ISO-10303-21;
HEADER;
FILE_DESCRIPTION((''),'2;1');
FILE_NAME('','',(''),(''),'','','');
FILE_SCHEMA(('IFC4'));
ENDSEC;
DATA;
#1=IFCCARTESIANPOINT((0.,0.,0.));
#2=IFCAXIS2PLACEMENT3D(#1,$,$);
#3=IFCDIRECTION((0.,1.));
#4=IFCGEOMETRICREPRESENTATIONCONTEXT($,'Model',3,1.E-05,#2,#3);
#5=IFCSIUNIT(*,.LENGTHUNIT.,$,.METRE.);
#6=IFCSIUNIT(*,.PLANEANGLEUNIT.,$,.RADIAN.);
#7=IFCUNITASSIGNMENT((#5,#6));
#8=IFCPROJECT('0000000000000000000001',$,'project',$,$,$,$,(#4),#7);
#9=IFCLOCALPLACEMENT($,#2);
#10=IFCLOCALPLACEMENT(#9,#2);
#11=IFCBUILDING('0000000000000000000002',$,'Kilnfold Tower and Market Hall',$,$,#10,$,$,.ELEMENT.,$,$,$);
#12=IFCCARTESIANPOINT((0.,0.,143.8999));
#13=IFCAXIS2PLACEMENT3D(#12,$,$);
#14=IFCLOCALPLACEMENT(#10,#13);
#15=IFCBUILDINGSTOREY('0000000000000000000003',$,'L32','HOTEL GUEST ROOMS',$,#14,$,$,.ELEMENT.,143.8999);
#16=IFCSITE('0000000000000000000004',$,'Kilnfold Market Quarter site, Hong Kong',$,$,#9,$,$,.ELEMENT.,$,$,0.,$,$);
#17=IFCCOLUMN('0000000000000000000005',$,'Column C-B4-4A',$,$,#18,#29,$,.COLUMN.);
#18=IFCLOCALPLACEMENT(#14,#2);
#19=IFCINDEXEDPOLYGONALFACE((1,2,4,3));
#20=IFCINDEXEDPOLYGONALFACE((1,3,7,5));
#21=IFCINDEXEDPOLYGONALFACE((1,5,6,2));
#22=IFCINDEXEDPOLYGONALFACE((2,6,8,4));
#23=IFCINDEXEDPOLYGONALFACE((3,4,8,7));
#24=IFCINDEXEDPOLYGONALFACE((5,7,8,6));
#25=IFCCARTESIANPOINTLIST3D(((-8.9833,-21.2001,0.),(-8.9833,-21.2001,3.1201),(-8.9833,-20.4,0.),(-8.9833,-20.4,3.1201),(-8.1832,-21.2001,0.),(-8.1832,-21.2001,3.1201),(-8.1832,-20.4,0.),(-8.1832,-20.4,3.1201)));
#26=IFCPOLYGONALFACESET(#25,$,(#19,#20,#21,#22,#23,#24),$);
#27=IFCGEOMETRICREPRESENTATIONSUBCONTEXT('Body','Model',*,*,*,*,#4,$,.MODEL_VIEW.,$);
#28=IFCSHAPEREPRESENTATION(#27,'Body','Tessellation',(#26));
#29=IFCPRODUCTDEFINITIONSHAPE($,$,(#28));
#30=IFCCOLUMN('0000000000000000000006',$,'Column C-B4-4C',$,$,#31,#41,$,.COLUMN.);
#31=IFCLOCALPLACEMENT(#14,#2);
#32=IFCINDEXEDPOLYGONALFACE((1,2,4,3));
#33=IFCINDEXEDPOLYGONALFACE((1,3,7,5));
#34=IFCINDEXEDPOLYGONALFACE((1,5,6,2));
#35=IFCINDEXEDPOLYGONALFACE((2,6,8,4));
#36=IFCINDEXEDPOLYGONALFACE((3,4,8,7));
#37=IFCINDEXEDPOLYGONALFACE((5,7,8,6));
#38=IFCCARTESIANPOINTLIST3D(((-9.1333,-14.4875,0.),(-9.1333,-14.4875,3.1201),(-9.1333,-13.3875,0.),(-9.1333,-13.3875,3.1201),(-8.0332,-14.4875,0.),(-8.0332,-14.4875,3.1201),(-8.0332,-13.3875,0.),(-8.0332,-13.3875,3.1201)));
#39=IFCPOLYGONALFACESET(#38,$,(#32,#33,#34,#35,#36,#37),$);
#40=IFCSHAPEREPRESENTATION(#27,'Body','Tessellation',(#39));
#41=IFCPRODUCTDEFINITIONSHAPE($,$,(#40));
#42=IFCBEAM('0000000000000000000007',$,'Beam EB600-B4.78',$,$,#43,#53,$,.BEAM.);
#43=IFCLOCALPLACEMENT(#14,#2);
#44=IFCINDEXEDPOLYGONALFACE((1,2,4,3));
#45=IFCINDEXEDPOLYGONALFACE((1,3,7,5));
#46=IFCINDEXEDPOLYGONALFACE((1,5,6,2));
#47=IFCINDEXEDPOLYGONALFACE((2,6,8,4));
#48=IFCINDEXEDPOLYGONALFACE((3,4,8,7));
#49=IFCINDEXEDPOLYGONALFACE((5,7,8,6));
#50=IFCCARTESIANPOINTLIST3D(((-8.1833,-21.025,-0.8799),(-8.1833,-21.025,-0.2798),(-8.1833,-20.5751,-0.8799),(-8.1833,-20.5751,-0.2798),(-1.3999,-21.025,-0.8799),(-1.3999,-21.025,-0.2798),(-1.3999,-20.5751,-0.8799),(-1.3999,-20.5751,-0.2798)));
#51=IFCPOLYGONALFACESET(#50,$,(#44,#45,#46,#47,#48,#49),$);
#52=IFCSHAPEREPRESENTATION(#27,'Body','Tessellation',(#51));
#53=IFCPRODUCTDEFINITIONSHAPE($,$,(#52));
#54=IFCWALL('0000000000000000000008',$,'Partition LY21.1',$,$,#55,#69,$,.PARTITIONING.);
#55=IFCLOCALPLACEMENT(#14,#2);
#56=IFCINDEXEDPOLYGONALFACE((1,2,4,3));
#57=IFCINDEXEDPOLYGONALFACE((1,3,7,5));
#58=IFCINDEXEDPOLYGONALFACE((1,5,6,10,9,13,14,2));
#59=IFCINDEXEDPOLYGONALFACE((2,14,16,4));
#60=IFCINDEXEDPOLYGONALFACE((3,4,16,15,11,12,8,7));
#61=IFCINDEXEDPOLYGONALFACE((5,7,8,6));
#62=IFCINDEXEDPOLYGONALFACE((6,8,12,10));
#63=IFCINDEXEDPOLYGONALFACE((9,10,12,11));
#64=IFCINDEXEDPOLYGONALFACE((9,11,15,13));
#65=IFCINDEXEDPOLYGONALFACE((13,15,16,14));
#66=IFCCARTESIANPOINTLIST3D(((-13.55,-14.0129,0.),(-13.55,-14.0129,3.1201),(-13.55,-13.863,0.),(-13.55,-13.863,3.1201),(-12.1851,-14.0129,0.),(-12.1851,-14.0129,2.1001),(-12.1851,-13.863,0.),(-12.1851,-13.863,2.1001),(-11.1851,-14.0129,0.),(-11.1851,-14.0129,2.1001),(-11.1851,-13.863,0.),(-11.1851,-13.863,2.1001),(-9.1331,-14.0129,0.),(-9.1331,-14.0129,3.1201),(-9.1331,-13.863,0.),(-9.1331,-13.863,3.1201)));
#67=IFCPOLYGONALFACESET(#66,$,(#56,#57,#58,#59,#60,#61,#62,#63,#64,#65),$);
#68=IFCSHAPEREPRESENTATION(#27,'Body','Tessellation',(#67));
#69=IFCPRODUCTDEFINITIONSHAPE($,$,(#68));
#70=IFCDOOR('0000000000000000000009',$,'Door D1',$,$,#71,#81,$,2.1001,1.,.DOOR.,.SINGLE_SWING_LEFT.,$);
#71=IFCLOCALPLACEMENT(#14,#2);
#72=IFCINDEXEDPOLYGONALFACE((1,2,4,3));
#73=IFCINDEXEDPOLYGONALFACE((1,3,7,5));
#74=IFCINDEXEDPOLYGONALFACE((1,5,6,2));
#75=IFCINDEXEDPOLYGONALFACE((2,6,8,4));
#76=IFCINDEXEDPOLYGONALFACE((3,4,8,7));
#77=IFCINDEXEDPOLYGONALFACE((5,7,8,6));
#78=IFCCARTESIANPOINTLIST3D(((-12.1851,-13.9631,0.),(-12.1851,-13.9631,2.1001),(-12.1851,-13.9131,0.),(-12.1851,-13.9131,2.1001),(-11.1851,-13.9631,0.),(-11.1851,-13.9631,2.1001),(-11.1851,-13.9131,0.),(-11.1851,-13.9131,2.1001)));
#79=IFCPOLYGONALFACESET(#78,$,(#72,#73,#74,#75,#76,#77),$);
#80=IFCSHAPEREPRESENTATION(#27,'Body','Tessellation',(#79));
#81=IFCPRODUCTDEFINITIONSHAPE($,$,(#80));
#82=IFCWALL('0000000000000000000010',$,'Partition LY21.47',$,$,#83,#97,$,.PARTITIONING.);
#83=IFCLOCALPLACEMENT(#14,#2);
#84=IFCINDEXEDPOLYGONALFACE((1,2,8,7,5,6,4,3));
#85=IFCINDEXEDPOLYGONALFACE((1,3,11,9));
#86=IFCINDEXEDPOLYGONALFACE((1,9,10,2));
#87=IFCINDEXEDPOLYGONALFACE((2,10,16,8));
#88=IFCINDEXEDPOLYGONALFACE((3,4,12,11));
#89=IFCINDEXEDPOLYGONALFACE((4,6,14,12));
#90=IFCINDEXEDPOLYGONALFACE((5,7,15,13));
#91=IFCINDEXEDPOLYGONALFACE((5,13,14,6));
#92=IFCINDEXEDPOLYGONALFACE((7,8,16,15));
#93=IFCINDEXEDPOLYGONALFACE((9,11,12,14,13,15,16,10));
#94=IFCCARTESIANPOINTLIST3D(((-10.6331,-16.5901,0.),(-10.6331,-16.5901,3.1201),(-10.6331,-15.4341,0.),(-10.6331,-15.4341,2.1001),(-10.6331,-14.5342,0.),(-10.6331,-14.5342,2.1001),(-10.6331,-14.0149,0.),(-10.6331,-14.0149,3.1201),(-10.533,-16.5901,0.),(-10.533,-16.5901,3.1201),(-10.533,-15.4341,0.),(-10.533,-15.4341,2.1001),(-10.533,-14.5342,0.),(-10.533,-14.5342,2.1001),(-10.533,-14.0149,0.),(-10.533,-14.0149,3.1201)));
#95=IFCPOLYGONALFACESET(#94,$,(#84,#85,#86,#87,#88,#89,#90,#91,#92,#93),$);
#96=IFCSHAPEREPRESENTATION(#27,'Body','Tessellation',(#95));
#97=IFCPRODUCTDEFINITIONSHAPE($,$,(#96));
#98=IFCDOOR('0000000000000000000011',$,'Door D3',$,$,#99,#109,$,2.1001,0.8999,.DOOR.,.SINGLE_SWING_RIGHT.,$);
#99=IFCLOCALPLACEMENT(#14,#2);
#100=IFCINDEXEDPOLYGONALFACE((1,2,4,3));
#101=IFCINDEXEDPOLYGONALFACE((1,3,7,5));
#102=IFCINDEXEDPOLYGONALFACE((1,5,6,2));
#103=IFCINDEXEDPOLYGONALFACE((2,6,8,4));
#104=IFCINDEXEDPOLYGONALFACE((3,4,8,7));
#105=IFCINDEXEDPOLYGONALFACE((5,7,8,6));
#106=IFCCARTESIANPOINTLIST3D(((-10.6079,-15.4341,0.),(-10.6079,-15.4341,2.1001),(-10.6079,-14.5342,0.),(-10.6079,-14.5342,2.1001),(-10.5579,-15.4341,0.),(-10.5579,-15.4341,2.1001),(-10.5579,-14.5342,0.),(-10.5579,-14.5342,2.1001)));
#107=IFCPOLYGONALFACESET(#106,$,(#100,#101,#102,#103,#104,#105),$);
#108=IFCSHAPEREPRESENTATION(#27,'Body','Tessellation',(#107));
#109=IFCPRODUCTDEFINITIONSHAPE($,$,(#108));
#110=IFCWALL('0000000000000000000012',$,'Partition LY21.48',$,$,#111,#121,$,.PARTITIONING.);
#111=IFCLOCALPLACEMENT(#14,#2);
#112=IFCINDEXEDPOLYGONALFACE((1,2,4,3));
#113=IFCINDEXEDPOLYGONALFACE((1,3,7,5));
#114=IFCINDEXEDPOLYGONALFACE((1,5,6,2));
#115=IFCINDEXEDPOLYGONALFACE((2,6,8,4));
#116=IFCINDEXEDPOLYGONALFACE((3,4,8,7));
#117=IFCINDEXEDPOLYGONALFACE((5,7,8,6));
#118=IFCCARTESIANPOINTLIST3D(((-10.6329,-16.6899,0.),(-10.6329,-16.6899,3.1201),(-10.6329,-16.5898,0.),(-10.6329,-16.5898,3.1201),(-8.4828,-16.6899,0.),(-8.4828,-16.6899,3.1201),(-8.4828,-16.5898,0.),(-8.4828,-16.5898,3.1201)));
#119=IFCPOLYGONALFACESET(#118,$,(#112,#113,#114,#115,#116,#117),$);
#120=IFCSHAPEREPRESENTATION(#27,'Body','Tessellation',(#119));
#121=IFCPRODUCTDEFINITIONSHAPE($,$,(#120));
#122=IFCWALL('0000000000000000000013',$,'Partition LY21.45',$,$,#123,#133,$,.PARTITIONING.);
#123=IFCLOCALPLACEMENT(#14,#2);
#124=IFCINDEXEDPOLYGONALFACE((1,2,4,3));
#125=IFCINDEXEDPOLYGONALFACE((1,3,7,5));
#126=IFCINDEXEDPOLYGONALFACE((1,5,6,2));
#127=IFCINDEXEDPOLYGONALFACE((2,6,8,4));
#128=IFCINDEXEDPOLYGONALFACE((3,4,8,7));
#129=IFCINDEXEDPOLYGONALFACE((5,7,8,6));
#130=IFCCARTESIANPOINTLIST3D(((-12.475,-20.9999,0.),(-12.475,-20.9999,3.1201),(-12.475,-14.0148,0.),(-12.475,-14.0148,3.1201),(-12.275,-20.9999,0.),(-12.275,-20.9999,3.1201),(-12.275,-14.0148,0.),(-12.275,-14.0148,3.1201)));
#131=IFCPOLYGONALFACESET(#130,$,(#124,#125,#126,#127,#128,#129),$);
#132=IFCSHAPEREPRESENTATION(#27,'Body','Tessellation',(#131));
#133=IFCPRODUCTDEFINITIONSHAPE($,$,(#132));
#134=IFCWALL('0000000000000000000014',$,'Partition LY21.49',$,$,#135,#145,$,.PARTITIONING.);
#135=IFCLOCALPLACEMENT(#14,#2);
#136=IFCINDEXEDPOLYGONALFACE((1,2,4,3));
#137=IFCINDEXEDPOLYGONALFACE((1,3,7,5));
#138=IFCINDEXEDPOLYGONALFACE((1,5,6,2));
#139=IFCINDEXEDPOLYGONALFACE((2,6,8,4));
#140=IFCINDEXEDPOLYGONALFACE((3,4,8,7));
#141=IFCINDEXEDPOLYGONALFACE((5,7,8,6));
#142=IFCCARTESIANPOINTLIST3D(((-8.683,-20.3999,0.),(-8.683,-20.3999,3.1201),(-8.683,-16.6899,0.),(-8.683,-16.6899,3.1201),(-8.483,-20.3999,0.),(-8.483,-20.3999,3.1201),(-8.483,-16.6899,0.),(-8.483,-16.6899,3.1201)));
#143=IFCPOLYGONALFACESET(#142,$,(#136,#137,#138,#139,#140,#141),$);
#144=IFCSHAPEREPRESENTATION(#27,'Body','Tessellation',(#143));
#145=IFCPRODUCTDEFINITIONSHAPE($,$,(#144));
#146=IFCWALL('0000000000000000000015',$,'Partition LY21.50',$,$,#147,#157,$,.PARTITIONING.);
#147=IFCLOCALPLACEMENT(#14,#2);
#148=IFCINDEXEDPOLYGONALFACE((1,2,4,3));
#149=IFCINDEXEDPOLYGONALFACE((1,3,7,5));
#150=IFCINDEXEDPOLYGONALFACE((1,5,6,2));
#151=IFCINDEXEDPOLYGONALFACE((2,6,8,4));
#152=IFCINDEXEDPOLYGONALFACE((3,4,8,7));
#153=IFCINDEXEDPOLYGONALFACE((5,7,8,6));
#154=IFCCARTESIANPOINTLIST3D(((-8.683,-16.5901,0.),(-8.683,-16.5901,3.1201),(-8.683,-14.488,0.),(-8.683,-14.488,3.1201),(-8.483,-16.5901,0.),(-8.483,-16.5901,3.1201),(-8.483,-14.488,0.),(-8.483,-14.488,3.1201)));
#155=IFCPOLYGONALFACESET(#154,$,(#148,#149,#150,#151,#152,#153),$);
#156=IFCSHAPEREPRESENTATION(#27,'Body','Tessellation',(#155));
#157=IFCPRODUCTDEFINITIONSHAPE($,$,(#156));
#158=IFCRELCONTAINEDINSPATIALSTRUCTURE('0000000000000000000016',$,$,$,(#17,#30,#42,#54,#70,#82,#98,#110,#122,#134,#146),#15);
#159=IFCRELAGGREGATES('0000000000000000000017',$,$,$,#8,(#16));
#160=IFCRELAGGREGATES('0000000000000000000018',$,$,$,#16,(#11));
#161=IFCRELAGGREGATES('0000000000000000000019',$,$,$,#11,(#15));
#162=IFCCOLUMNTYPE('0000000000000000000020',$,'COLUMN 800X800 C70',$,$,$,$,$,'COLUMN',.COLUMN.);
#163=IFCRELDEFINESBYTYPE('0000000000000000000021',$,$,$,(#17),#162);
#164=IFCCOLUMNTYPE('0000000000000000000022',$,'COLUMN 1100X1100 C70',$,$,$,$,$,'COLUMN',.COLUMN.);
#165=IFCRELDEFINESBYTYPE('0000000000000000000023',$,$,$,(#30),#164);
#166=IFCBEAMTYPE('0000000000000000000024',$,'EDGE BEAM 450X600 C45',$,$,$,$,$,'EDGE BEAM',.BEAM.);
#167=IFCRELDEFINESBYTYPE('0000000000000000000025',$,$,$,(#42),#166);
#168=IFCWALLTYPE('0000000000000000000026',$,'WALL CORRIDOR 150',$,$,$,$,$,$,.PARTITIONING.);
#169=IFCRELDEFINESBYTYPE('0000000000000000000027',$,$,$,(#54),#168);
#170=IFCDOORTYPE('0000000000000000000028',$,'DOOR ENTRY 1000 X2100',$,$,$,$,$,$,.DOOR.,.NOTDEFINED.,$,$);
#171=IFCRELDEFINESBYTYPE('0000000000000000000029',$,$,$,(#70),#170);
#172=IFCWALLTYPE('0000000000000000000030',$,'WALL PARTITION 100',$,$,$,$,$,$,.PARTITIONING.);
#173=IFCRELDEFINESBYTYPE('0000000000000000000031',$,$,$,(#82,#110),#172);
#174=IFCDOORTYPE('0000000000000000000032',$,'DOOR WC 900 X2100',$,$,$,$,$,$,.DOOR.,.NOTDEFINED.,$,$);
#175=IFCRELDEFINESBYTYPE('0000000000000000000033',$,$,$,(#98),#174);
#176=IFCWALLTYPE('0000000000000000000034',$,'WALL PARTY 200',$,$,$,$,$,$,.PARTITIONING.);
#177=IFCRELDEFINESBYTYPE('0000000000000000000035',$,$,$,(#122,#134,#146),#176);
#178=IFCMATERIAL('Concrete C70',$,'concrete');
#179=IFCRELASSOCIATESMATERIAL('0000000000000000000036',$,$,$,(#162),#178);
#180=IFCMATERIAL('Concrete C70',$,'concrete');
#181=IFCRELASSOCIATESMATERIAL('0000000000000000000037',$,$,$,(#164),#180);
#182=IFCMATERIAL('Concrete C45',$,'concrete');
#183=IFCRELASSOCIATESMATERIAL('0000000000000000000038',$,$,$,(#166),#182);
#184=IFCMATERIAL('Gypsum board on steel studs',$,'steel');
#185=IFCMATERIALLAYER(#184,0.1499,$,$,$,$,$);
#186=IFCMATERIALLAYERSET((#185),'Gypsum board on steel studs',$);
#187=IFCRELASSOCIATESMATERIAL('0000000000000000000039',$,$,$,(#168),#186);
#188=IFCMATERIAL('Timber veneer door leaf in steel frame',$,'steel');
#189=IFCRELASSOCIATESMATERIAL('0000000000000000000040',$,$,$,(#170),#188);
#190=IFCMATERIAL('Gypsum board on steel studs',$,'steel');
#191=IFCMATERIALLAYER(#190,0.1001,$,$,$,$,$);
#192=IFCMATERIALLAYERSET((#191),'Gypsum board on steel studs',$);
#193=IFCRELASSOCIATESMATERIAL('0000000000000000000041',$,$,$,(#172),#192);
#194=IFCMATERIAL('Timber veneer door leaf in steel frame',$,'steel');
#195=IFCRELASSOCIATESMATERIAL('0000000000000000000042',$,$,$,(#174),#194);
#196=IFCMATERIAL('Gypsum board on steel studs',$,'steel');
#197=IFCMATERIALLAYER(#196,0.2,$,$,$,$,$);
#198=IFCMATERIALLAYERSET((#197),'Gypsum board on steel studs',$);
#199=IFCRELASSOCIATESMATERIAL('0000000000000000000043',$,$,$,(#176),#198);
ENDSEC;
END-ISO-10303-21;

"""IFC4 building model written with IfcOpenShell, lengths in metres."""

from ifc_helpers import new_model, si_unit, direction, frame, frame_2d, origin, origin_2d, place, context, subcontext, project, spatial, rectangle, extrude, source, transform, mapped, material, layer, layer_set, material_profile, profile_set, type_object, element, fill, save


model = new_model("IFC4")

# Units and contexts
model_context = context("Model", 3, precision=1e-05, world=origin(), true_north=direction((0.0, 1.0)))
body_context = subcontext(model_context, "Body", "Model", "MODEL_VIEW")
ifc_project = project(units=[si_unit("LENGTHUNIT", "METRE"), si_unit("PLANEANGLEUNIT", "RADIAN")], contexts=[model_context])

# Site, building, storey
site_placement = place(None, origin())
site = spatial("IfcSite", under=ifc_project, at=site_placement, Name="Kilnfold Market Quarter site, Hong Kong", CompositionType="ELEMENT", RefElevation=0.0)
building_placement = place(site_placement, origin())
building = spatial("IfcBuilding", under=site, at=building_placement, Name="Kilnfold Tower and Market Hall", CompositionType="ELEMENT")
storey_placement = place(building_placement, frame((0.0, 0.0, 143.8999)))
storey = spatial("IfcBuildingStorey", under=building, at=storey_placement, Name="L32", Description="HOTEL GUEST ROOMS", CompositionType="ELEMENT", Elevation=143.8999)

# Columns
ifc_material_1 = material(Name="Concrete C70", Category="concrete")
ifc_material_profile_1 = material_profile(ifc_material_1, rectangle(XDim=0.8, YDim=0.8, at=origin_2d()), Name="RC 800x800")
ifc_profile_set_1 = profile_set([ifc_material_profile_1], Name="Concrete C70")
column_type_1 = type_object("IfcColumnType", Name="COLUMN 800X800 C70", ElementType="COLUMN", PredefinedType="COLUMN", material=ifc_profile_set_1)
shared_shape_1 = source(origin(), body_context, "Body", "SweptSolid", [
    extrude(rectangle(XDim=0.8, YDim=0.8, at=origin_2d()), origin(), (0.0, 0.0, 1.0), 3.1201),
])
column_1_placement = place(storey_placement, frame((-8.5833, -20.8, 0.0), z_axis=(0.0, 0.0, 1.0), x_axis=(1.0, 0.0, 0.0)))
element("IfcColumn", 1, at=column_1_placement, inside=storey, type_object=column_type_1, Name="Column C-B4-4A", PredefinedType="COLUMN", context=body_context, shape_type="MappedRepresentation", body=[
    mapped(shared_shape_1, transform((0.0, 0.0, 0.0))),
])
ifc_material_2 = material(Name="Concrete C70", Category="concrete")
ifc_material_profile_2 = material_profile(ifc_material_2, rectangle(XDim=1.1001, YDim=1.1001, at=origin_2d()), Name="RC 1100x1100")
ifc_profile_set_2 = profile_set([ifc_material_profile_2], Name="Concrete C70")
column_type_2 = type_object("IfcColumnType", Name="COLUMN 1100X1100 C70", ElementType="COLUMN", PredefinedType="COLUMN", material=ifc_profile_set_2)
shared_shape_2 = source(origin(), body_context, "Body", "SweptSolid", [
    extrude(rectangle(XDim=1.1001, YDim=1.1001, at=origin_2d()), origin(), (0.0, 0.0, 1.0), 3.1201),
])
column_2_placement = place(storey_placement, frame((-8.5833, -13.9375, 0.0), z_axis=(0.0, 0.0, 1.0), x_axis=(1.0, 0.0, 0.0)))
element("IfcColumn", 2, at=column_2_placement, inside=storey, type_object=column_type_2, Name="Column C-B4-4C", PredefinedType="COLUMN", context=body_context, shape_type="MappedRepresentation", body=[
    mapped(shared_shape_2, transform((0.0, 0.0, 0.0))),
])

# Beam
ifc_material_3 = material(Name="Concrete C45", Category="concrete")
ifc_material_profile_3 = material_profile(ifc_material_3, rectangle(XDim=0.45, YDim=0.6001, at=origin_2d()), Name="RC 450x600")
ifc_profile_set_3 = profile_set([ifc_material_profile_3], Name="Concrete C45")
beam_type = type_object("IfcBeamType", Name="EDGE BEAM 450X600 C45", ElementType="EDGE BEAM", PredefinedType="BEAM", material=ifc_profile_set_3)
shared_shape_3 = source(origin(), body_context, "Body", "SweptSolid", [
    extrude(rectangle(XDim=0.45, YDim=0.6001, at=origin_2d()), origin(), (0.0, 0.0, 1.0), 6.7834),
])
beam_placement = place(storey_placement, frame((-8.1833, -20.8, -0.5798), z_axis=(1.0, 0.0, 0.0), x_axis=(0.0, 1.0, 0.0)))
element("IfcBeam", 3, at=beam_placement, inside=storey, type_object=beam_type, Name="Beam EB600-B4.78", PredefinedType="BEAM", context=body_context, shape_type="MappedRepresentation", body=[
    mapped(shared_shape_3, transform((0.0, 0.0, 0.0))),
])

# Walls, openings, doors
ifc_material_4 = material(Name="Gypsum board on steel studs", Category="steel")
ifc_layer_1 = layer(ifc_material_4, 0.1499)
ifc_layer_set_1 = layer_set([ifc_layer_1], Name="Gypsum board on steel studs")
wall_type_1 = type_object("IfcWallType", Name="WALL CORRIDOR 150", PredefinedType="PARTITIONING", material=ifc_layer_set_1)
wall_1_placement = place(storey_placement, frame((-13.55, -13.938, 0.0), z_axis=(0.0, 0.0, 1.0), x_axis=(1.0, 0.0, 0.0)))
wall_1 = element("IfcWall", 4, at=wall_1_placement, inside=storey, type_object=wall_type_1, Name="Partition LY21.1", PredefinedType="PARTITIONING", context=body_context, shape_type="SweptSolid", body=[
    extrude(rectangle(XDim=4.417, YDim=0.1499, at=frame_2d((2.2085, 0.0))), origin(), (0.0, 0.0, 1.0), 3.1201),
])
opening_1_placement = place(wall_1_placement, frame((1.365, 0.0, 0.0)))
opening_1 = element("IfcOpeningElement", 5, at=opening_1_placement, cuts=wall_1, PredefinedType="OPENING", context=body_context, shape_type="SweptSolid", body=[
    extrude(rectangle(XDim=1.0, YDim=2.1001, at=frame_2d((0.5, 1.05))), frame((0.0, 0.085, 0.0), z_axis=(0.0, -1.0, 0.0), x_axis=(1.0, 0.0, 0.0)), (0.0, 0.0, 1.0), 0.1699),
])
ifc_material_5 = material(Name="Timber veneer door leaf in steel frame", Category="steel")
door_type_1 = type_object("IfcDoorType", Name="DOOR ENTRY 1000 X2100", OperationType="NOTDEFINED", PredefinedType="DOOR", material=ifc_material_5)
door_1_placement = place(opening_1_placement, origin())
door_1 = element("IfcDoor", 6, at=door_1_placement, inside=storey, type_object=door_type_1, Name="Door D1", OperationType="SINGLE_SWING_LEFT", OverallHeight=2.1001, OverallWidth=1.0, PredefinedType="DOOR", context=body_context, shape_type="SweptSolid", body=[
    extrude(rectangle(XDim=1.0, YDim=2.1001, at=frame_2d((0.5, 1.05))), frame((0.0, 0.0249, 0.0), z_axis=(0.0, -1.0, 0.0), x_axis=(1.0, 0.0, 0.0)), (0.0, 0.0, 1.0), 0.05),
])
fill(opening_1, door_1)
ifc_material_6 = material(Name="Gypsum board on steel studs", Category="steel")
ifc_layer_2 = layer(ifc_material_6, 0.1001)
ifc_layer_set_2 = layer_set([ifc_layer_2], Name="Gypsum board on steel studs")
wall_type_2 = type_object("IfcWallType", Name="WALL PARTITION 100", PredefinedType="PARTITIONING", material=ifc_layer_set_2)
wall_2_placement = place(storey_placement, frame((-10.583, -16.5901, 0.0), z_axis=(0.0, 0.0, 1.0), x_axis=(0.0, 1.0, 0.0)))
wall_2 = element("IfcWall", 7, at=wall_2_placement, inside=storey, type_object=wall_type_2, Name="Partition LY21.47", PredefinedType="PARTITIONING", context=body_context, shape_type="SweptSolid", body=[
    extrude(rectangle(XDim=2.5752, YDim=0.1001, at=frame_2d((1.2876, 0.0))), origin(), (0.0, 0.0, 1.0), 3.1201),
])
opening_2_placement = place(wall_2_placement, frame((1.156, 0.0, 0.0)))
opening_2 = element("IfcOpeningElement", 8, at=opening_2_placement, cuts=wall_2, PredefinedType="OPENING", context=body_context, shape_type="SweptSolid", body=[
    extrude(rectangle(XDim=0.8999, YDim=2.1001, at=frame_2d((0.45, 1.05))), frame((0.0, 0.0601, 0.0), z_axis=(0.0, -1.0, 0.0), x_axis=(1.0, 0.0, 0.0)), (0.0, 0.0, 1.0), 0.1201),
])
ifc_material_7 = material(Name="Timber veneer door leaf in steel frame", Category="steel")
door_type_2 = type_object("IfcDoorType", Name="DOOR WC 900 X2100", OperationType="NOTDEFINED", PredefinedType="DOOR", material=ifc_material_7)
door_2_placement = place(opening_2_placement, origin())
door_2 = element("IfcDoor", 9, at=door_2_placement, inside=storey, type_object=door_type_2, Name="Door D3", OperationType="SINGLE_SWING_RIGHT", OverallHeight=2.1001, OverallWidth=0.8999, PredefinedType="DOOR", context=body_context, shape_type="SweptSolid", body=[
    extrude(rectangle(XDim=0.8999, YDim=2.1001, at=frame_2d((0.45, 1.05))), frame((0.0, 0.0249, 0.0), z_axis=(0.0, -1.0, 0.0), x_axis=(1.0, 0.0, 0.0)), (0.0, 0.0, 1.0), 0.05),
])
fill(opening_2, door_2)

# Walls
wall_3_placement = place(storey_placement, frame((-10.6331, -16.6399, 0.0), z_axis=(0.0, 0.0, 1.0), x_axis=(1.0, 0.0, 0.0)))
element("IfcWall", 10, at=wall_3_placement, inside=storey, type_object=wall_type_2, Name="Partition LY21.48", PredefinedType="PARTITIONING", context=body_context, shape_type="SweptSolid", body=[
    extrude(rectangle(XDim=2.1501, YDim=0.1001, at=frame_2d((1.0752, 0.0))), origin(), (0.0, 0.0, 1.0), 3.1201),
])
ifc_material_8 = material(Name="Gypsum board on steel studs", Category="steel")
ifc_layer_3 = layer(ifc_material_8, 0.2)
ifc_layer_set_3 = layer_set([ifc_layer_3], Name="Gypsum board on steel studs")
wall_type_3 = type_object("IfcWallType", Name="WALL PARTY 200", PredefinedType="PARTITIONING", material=ifc_layer_set_3)
wall_4_placement = place(storey_placement, frame((-12.375, -21.0, 0.0), z_axis=(0.0, 0.0, 1.0), x_axis=(0.0, 1.0, 0.0)))
element("IfcWall", 11, at=wall_4_placement, inside=storey, type_object=wall_type_3, Name="Partition LY21.45", PredefinedType="PARTITIONING", context=body_context, shape_type="SweptSolid", body=[
    extrude(rectangle(XDim=6.9851, YDim=0.2, at=frame_2d((3.4927, 0.0))), origin(), (0.0, 0.0, 1.0), 3.1201),
])
wall_5_placement = place(storey_placement, frame((-8.583, -20.3999, 0.0), z_axis=(0.0, 0.0, 1.0), x_axis=(0.0, 1.0, 0.0)))
element("IfcWall", 12, at=wall_5_placement, inside=storey, type_object=wall_type_3, Name="Partition LY21.49", PredefinedType="PARTITIONING", context=body_context, shape_type="SweptSolid", body=[
    extrude(rectangle(XDim=3.71, YDim=0.2, at=frame_2d((1.855, 0.0))), origin(), (0.0, 0.0, 1.0), 3.1201),
])
wall_6_placement = place(storey_placement, frame((-8.583, -16.5901, 0.0), z_axis=(0.0, 0.0, 1.0), x_axis=(0.0, 1.0, 0.0)))
element("IfcWall", 13, at=wall_6_placement, inside=storey, type_object=wall_type_3, Name="Partition LY21.50", PredefinedType="PARTITIONING", context=body_context, shape_type="SweptSolid", body=[
    extrude(rectangle(XDim=2.1021, YDim=0.2, at=frame_2d((1.051, 0.0))), origin(), (0.0, 0.0, 1.0), 3.1201),
])

save(model, "model.ifc")
